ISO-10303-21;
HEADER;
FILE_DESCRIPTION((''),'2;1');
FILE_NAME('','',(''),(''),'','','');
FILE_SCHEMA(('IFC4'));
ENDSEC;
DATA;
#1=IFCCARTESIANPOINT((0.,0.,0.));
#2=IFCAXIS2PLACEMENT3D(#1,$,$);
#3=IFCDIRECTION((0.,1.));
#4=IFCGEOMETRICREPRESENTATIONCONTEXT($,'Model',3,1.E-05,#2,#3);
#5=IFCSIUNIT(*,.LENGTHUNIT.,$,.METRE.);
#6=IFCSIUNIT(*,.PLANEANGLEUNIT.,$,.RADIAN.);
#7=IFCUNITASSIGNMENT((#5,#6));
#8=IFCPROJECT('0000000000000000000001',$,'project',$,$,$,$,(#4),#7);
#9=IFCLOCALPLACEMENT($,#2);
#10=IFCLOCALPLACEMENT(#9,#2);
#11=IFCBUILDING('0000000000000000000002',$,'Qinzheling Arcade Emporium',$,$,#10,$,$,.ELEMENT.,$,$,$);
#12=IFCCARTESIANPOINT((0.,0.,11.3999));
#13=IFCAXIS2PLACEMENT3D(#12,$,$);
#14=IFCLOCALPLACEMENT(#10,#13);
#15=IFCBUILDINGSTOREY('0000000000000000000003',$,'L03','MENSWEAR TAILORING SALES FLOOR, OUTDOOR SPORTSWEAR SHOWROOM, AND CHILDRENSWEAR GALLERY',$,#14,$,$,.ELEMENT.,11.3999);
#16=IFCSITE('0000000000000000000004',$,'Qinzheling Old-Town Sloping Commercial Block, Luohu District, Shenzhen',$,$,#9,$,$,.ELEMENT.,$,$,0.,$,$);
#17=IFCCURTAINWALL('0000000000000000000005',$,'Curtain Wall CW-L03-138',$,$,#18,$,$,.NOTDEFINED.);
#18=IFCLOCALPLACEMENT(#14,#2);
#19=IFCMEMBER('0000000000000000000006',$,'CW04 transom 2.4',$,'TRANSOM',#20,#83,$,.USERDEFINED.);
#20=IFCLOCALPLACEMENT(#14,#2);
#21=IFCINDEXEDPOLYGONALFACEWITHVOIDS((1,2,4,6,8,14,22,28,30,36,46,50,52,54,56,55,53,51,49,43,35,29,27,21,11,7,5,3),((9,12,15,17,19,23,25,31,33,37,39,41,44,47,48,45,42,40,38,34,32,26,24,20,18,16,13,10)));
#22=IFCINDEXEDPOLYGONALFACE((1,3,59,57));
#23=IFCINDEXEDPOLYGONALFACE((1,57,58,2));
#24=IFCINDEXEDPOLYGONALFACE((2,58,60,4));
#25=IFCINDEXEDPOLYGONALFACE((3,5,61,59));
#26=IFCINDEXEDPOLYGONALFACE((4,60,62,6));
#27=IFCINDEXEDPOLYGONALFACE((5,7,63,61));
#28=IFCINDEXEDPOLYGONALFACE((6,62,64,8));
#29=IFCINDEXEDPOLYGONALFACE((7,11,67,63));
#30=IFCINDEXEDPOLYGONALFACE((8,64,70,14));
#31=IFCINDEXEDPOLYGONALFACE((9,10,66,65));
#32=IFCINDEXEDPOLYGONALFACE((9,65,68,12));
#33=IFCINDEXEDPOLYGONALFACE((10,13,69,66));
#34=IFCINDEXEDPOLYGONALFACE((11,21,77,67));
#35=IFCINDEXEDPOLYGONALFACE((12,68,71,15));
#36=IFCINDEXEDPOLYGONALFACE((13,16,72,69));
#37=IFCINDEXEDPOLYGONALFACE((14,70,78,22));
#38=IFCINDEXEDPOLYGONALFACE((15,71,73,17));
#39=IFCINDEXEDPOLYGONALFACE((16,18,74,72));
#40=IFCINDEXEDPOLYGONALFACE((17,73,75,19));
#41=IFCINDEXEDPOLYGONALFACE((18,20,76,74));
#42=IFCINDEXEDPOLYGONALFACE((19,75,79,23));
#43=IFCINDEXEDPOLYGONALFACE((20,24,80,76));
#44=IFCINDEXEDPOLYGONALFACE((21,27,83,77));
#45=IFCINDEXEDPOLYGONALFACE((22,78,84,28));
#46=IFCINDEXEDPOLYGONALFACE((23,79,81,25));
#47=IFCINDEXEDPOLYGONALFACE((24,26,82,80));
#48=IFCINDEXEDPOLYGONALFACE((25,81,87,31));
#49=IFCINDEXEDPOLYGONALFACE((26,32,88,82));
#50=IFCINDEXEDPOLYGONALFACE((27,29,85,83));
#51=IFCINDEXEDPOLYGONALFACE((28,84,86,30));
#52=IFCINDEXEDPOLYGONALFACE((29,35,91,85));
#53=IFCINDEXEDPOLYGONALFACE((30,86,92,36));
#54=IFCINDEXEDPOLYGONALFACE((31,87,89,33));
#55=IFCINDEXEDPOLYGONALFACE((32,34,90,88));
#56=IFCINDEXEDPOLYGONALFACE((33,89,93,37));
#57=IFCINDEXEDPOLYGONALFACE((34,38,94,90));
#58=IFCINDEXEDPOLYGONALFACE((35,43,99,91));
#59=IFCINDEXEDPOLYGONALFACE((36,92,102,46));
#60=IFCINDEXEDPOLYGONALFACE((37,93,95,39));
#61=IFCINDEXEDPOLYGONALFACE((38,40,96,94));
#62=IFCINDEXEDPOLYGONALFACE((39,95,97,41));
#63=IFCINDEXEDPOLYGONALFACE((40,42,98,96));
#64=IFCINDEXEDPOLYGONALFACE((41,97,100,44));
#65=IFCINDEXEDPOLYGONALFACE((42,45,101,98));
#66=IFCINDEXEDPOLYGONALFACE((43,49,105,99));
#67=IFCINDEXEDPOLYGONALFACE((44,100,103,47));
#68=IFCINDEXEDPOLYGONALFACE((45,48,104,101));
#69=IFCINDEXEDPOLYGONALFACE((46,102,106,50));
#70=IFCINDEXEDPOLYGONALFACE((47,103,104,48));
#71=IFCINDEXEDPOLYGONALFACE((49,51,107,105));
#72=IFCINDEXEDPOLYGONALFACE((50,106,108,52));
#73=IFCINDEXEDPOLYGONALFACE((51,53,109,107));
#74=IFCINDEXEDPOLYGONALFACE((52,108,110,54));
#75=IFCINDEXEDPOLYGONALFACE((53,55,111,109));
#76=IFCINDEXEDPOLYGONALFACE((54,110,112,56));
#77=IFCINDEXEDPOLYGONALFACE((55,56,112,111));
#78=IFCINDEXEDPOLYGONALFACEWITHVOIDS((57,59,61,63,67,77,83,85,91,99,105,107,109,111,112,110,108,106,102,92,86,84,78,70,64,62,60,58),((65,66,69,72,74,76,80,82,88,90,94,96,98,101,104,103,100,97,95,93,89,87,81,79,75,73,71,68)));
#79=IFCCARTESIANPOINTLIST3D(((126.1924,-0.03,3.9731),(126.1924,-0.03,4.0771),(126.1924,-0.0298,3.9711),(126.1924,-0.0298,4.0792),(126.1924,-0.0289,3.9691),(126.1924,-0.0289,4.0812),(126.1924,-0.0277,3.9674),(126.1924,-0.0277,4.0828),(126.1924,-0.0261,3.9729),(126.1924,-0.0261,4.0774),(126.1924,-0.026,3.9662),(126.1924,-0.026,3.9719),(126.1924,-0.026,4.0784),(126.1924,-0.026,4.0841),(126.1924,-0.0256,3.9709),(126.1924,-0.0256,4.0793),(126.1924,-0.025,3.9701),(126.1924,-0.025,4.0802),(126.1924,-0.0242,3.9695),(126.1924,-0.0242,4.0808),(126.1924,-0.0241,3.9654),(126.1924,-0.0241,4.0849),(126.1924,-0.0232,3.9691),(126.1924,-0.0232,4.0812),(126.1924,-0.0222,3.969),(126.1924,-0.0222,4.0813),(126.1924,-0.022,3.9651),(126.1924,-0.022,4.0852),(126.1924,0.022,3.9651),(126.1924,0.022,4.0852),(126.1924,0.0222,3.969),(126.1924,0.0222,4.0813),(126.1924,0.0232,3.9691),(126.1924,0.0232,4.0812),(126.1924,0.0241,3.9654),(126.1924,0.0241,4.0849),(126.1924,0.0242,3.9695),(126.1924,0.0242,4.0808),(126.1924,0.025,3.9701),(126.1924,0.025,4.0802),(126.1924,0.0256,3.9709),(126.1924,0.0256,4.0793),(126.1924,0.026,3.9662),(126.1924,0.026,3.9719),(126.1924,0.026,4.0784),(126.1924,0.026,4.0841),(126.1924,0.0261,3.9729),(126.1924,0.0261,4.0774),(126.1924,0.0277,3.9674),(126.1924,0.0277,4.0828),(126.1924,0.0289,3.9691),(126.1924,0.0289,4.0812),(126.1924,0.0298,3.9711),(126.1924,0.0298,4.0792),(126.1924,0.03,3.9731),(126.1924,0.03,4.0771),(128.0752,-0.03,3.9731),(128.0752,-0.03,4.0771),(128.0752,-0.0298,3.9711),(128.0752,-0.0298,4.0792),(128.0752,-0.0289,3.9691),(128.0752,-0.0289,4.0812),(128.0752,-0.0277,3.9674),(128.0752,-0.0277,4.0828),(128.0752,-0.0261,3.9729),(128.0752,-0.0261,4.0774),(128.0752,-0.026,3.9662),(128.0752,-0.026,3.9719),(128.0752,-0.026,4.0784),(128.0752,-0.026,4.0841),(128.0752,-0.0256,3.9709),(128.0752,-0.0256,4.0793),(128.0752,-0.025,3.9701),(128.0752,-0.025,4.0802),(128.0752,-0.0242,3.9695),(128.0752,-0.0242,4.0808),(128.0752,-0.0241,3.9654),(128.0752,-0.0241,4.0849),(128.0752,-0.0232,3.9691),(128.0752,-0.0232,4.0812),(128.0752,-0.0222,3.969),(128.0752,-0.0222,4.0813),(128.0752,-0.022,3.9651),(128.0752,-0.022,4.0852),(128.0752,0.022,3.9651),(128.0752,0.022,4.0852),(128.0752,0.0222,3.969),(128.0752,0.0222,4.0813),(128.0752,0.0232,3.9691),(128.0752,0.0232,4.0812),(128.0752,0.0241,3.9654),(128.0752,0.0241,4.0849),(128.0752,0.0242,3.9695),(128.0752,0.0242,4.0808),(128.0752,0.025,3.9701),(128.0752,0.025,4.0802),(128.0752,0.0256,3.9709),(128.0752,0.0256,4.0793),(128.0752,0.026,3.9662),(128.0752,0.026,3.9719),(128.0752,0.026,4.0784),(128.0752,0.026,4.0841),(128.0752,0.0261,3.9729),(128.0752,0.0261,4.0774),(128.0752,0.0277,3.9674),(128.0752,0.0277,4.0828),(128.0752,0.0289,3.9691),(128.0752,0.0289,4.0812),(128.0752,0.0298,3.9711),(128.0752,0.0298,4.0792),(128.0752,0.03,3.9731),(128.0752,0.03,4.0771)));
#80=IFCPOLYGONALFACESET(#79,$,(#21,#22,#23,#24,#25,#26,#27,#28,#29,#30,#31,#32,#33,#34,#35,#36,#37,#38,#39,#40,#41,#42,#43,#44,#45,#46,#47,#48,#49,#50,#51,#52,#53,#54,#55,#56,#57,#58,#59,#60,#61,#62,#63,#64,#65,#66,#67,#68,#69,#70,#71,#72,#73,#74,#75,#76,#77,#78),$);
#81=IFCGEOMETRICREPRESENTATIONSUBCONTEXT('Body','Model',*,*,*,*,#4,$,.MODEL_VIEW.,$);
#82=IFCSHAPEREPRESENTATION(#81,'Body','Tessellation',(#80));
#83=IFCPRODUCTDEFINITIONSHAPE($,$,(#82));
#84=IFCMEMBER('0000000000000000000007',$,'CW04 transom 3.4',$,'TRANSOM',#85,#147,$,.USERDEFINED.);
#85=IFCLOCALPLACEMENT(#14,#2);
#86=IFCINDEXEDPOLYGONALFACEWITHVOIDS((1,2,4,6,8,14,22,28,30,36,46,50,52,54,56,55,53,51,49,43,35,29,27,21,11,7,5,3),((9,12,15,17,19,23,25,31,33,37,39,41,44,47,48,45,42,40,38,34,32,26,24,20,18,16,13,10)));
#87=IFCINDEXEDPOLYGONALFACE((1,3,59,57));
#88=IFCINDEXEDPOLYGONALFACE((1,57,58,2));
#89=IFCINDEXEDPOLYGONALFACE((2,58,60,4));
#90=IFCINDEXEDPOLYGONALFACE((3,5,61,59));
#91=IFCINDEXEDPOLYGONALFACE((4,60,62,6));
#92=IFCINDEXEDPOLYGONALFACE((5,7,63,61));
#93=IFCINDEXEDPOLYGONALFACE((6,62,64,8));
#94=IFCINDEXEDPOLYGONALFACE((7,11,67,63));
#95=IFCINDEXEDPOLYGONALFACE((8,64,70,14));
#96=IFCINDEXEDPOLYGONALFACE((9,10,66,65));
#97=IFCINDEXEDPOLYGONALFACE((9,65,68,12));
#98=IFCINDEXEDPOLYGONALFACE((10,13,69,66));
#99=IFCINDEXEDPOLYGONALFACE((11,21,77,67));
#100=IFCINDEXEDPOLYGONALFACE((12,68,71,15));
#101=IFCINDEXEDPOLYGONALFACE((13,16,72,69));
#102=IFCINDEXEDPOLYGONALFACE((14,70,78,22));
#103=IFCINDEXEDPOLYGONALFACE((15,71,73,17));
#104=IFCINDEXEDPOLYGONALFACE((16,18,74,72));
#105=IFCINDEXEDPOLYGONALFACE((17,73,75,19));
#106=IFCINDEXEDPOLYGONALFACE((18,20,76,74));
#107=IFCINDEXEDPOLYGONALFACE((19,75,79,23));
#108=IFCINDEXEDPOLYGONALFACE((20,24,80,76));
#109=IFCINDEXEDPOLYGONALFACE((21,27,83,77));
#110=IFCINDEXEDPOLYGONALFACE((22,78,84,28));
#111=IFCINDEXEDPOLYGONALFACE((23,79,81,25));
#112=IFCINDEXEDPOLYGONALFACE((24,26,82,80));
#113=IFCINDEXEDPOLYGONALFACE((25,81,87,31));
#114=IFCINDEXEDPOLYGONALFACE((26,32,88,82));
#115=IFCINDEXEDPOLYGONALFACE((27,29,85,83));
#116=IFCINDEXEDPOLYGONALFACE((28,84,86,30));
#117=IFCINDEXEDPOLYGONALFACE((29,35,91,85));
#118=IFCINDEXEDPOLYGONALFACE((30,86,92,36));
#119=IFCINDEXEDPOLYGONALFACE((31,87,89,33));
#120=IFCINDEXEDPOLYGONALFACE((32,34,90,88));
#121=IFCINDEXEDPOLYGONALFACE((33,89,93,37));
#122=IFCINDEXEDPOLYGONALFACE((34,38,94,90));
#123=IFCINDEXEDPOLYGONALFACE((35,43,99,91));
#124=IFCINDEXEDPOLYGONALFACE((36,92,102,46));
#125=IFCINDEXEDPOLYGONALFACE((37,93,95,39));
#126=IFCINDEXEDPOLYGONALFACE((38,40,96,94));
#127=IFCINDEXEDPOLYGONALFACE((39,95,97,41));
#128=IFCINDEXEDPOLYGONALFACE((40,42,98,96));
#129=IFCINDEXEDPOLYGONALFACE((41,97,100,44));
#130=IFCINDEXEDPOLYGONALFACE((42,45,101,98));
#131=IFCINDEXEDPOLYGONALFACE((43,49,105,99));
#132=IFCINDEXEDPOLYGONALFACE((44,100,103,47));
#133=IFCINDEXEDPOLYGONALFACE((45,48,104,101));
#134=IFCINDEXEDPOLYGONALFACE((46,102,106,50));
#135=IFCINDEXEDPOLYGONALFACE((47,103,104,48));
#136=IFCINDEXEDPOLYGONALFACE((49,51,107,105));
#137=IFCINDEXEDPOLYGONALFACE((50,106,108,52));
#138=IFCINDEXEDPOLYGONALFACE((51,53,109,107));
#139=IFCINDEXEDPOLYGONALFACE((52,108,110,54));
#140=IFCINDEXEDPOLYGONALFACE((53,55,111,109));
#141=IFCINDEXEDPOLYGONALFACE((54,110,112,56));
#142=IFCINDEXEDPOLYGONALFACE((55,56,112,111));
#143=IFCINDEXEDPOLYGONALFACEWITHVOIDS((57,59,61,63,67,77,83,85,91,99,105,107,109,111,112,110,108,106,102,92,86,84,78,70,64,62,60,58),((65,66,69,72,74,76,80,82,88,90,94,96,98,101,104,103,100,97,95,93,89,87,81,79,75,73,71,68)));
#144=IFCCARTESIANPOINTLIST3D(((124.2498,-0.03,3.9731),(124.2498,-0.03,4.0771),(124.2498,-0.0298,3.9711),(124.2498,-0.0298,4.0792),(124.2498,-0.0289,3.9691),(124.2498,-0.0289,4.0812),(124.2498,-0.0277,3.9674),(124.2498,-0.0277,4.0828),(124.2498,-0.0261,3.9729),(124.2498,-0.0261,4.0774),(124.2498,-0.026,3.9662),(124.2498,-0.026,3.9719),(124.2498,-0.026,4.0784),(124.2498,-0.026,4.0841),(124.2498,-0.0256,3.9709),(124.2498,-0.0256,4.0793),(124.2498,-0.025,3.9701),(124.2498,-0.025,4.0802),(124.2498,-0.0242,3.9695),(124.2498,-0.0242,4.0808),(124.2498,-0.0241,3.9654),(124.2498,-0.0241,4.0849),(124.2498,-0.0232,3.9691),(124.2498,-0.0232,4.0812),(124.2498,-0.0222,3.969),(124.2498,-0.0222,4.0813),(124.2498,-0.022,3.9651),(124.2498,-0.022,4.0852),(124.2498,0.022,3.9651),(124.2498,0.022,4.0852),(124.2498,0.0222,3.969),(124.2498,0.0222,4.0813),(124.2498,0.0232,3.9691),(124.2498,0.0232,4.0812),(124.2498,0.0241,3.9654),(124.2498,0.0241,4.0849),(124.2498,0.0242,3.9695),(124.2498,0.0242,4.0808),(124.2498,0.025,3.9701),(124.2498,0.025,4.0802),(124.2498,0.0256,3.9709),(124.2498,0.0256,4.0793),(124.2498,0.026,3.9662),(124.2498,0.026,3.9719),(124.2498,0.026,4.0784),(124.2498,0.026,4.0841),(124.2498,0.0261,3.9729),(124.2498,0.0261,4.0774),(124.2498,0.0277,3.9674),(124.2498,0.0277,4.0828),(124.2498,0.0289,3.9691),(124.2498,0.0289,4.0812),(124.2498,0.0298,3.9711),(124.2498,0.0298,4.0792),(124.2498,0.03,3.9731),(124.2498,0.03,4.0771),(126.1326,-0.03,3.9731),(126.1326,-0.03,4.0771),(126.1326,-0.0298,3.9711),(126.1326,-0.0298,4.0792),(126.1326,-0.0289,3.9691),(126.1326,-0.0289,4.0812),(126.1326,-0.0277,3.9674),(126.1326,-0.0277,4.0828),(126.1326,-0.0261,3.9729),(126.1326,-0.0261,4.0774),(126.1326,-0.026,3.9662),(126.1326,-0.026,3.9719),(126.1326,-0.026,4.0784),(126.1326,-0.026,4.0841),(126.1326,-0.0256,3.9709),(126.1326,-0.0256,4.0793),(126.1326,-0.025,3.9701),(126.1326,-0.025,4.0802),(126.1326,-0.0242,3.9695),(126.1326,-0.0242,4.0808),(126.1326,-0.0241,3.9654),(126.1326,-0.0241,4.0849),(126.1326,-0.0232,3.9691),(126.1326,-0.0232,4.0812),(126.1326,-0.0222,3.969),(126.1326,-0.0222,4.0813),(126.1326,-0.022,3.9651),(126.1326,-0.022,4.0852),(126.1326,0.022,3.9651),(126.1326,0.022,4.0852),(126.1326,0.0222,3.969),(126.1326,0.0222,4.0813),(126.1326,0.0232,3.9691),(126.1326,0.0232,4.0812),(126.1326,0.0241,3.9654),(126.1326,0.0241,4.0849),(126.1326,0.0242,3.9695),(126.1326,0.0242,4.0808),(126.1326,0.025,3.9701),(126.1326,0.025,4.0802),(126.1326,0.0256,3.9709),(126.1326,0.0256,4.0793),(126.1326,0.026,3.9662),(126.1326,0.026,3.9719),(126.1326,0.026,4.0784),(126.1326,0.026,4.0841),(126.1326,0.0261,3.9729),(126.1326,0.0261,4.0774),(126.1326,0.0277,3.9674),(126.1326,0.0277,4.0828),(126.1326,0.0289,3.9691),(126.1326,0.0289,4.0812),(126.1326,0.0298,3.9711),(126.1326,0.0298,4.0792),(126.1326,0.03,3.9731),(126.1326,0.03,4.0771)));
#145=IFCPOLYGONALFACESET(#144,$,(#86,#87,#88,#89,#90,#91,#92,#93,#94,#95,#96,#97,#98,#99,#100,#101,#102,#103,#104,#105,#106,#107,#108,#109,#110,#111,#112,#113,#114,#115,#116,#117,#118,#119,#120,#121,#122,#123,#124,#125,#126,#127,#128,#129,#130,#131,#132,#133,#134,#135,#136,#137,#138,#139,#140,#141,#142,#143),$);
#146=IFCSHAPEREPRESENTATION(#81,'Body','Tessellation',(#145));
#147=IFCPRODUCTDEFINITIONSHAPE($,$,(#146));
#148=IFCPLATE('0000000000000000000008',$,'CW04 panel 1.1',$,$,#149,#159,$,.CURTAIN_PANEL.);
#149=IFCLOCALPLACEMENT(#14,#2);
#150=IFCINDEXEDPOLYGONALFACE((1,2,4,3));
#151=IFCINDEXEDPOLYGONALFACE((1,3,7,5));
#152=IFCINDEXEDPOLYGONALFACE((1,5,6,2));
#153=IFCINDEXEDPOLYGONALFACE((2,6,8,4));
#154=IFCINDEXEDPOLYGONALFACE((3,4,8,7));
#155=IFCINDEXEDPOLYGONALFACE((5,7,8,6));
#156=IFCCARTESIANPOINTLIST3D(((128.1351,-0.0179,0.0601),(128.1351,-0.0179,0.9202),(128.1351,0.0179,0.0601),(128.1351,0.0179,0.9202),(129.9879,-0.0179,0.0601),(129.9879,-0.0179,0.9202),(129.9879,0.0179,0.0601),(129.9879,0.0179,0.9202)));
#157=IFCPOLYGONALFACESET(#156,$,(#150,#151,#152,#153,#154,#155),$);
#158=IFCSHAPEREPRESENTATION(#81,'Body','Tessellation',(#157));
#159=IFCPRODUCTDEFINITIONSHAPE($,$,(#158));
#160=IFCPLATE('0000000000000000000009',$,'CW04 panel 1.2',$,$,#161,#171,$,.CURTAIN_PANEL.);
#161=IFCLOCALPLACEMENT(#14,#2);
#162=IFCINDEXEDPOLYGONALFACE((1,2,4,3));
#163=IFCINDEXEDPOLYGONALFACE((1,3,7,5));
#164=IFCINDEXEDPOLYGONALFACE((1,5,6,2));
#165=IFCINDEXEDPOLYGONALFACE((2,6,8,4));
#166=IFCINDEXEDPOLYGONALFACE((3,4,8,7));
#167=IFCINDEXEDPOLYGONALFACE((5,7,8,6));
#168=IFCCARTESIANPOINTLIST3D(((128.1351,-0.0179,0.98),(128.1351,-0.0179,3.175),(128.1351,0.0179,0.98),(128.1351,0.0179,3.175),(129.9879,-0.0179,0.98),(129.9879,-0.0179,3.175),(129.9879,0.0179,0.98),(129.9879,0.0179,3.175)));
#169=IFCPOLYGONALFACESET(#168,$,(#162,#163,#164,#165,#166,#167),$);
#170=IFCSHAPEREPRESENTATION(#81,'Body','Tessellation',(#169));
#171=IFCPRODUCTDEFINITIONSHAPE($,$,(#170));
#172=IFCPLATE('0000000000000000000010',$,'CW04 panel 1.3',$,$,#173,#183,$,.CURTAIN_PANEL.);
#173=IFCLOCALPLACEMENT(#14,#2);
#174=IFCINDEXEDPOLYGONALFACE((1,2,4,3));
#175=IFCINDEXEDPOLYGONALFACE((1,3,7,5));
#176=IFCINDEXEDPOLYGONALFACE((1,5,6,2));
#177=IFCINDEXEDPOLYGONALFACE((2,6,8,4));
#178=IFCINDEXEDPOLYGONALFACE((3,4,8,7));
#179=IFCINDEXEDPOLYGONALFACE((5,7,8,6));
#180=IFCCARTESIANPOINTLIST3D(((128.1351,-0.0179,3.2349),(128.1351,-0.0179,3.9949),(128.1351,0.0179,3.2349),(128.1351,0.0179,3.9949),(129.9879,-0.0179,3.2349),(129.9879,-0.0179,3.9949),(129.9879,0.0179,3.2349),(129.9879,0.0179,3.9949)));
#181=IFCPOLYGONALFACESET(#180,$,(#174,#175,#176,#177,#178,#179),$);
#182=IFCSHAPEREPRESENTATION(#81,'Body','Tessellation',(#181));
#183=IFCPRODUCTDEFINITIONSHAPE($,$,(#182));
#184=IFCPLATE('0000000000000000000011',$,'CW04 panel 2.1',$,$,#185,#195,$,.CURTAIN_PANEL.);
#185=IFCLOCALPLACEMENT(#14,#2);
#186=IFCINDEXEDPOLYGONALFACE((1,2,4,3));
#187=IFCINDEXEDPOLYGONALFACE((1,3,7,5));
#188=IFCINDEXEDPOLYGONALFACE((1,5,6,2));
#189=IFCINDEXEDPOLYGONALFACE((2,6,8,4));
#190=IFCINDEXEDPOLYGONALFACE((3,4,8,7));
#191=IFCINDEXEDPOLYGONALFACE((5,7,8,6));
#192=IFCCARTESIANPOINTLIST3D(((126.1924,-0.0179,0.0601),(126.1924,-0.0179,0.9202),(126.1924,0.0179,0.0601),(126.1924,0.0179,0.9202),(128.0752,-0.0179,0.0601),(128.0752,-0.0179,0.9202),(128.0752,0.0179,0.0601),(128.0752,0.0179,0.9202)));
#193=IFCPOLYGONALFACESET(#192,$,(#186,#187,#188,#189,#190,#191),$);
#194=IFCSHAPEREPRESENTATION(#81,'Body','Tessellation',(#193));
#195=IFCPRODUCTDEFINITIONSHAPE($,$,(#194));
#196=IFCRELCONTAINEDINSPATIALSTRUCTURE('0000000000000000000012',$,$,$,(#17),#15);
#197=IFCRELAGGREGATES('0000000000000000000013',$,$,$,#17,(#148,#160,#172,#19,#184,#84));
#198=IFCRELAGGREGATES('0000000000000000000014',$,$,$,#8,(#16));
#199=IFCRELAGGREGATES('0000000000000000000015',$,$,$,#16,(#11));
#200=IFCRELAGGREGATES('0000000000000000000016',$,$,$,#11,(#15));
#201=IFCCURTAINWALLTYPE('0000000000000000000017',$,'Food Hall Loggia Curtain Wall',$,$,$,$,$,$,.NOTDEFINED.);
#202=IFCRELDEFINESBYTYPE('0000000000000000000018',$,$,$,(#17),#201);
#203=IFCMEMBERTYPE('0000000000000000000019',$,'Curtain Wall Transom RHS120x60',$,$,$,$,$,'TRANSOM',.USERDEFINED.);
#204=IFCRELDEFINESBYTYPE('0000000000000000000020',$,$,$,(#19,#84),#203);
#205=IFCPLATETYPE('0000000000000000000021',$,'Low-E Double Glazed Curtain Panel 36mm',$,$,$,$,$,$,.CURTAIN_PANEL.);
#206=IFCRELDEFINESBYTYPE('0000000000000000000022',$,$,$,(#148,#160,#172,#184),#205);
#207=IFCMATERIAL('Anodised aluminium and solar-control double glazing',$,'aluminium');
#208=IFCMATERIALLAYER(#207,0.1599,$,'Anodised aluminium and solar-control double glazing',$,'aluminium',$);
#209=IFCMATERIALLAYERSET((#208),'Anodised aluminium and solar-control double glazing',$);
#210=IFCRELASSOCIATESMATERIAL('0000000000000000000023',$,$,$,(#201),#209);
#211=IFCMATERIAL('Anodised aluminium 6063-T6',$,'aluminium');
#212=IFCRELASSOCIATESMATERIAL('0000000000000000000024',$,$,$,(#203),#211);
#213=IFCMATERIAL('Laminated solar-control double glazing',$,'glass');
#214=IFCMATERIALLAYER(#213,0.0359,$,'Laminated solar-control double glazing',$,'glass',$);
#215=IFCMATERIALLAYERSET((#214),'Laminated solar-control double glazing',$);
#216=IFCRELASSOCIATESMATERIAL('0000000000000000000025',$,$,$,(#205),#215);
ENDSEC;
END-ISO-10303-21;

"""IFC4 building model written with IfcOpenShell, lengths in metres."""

from ifc_helpers import new_model, si_unit, direction, frame, origin, origin_2d, place, context, subcontext, project, spatial, rectangle, hollow_rectangle, extrude, material, layer, layer_set, material_profile, profile_set, type_object, element, aggregate, save


model = new_model("IFC4")

# Units and contexts
model_context = context("Model", 3, precision=1e-05, world=origin(), true_north=direction((0.0, 1.0)))
body_context = subcontext(model_context, "Body", "Model", "MODEL_VIEW")
ifc_project = project(units=[si_unit("LENGTHUNIT", "METRE"), si_unit("PLANEANGLEUNIT", "RADIAN")], contexts=[model_context])

# Site, building, storey
site_placement = place(None, origin())
site = spatial("IfcSite", under=ifc_project, at=site_placement, Name="Qinzheling Old-Town Sloping Commercial Block, Luohu District, Shenzhen", CompositionType="ELEMENT", RefElevation=0.0)
building_placement = place(site_placement, origin())
building = spatial("IfcBuilding", under=site, at=building_placement, Name="Qinzheling Arcade Emporium", CompositionType="ELEMENT")
storey_placement = place(building_placement, frame((0.0, 0.0, 11.3999)))
storey = spatial("IfcBuildingStorey", under=building, at=storey_placement, Name="L03", Description="MENSWEAR TAILORING SALES FLOOR, OUTDOOR SPORTSWEAR SHOWROOM, AND CHILDRENSWEAR GALLERY", CompositionType="ELEMENT", Elevation=11.3999)

# Curtain wall, members, plates
ifc_material_1 = material(Name="Anodised aluminium and solar-control double glazing", Category="aluminium")
ifc_layer_1 = layer(ifc_material_1, 0.1599, Name="Anodised aluminium and solar-control double glazing", Category="aluminium")
ifc_layer_set_1 = layer_set([ifc_layer_1], Name="Anodised aluminium and solar-control double glazing")
curtain_wall_type = type_object("IfcCurtainWallType", Name="Food Hall Loggia Curtain Wall", PredefinedType="NOTDEFINED", material=ifc_layer_set_1)
curtain_wall_placement = place(storey_placement, origin())
curtain_wall = element("IfcCurtainWall", 1, at=curtain_wall_placement, inside=storey, type_object=curtain_wall_type, Name="Curtain Wall CW-L03-138", PredefinedType="NOTDEFINED")
ifc_material_2 = material(Name="Anodised aluminium 6063-T6", Category="aluminium")
ifc_material_profile_1 = material_profile(ifc_material_2, hollow_rectangle(XDim=0.0601, YDim=0.1201, WallThickness=0.0039, InnerFilletRadius=0.0039, OuterFilletRadius=0.0081, at=origin_2d()), Name="RHS 120x60x4", Category="aluminium")
ifc_profile_set_1 = profile_set([ifc_material_profile_1], Name="Anodised aluminium 6063-T6")
member_type_1 = type_object("IfcMemberType", Name="Curtain Wall Transom RHS120x60", ElementType="TRANSOM", PredefinedType="USERDEFINED", material=ifc_profile_set_1)
member_1_placement = place(storey_placement, frame((128.0752, 0.0, 4.0251), z_axis=(-1.0, 0.0, 0.0), x_axis=(0.0, -1.0, 0.0)))
member_1 = element("IfcMember", 2, at=member_1_placement, type_object=member_type_1, Name="CW04 transom 2.4", ObjectType="TRANSOM", PredefinedType="USERDEFINED", context=body_context, shape_type="SweptSolid", body=[
    extrude(hollow_rectangle(XDim=0.0601, YDim=0.1201, WallThickness=0.0039, InnerFilletRadius=0.0039, OuterFilletRadius=0.0081, at=origin_2d()), origin(), (0.0, 0.0, 1.0), 1.8828),
])
member_2_placement = place(storey_placement, frame((126.1326, 0.0, 4.0251), z_axis=(-1.0, 0.0, 0.0), x_axis=(0.0, -1.0, 0.0)))
member_2 = element("IfcMember", 3, at=member_2_placement, type_object=member_type_1, Name="CW04 transom 3.4", ObjectType="TRANSOM", PredefinedType="USERDEFINED", context=body_context, shape_type="SweptSolid", body=[
    extrude(hollow_rectangle(XDim=0.0601, YDim=0.1201, WallThickness=0.0039, InnerFilletRadius=0.0039, OuterFilletRadius=0.0081, at=origin_2d()), origin(), (0.0, 0.0, 1.0), 1.8828),
])
ifc_material_3 = material(Name="Laminated solar-control double glazing", Category="glass")
ifc_layer_2 = layer(ifc_material_3, 0.0359, Name="Laminated solar-control double glazing", Category="glass")
ifc_layer_set_2 = layer_set([ifc_layer_2], Name="Laminated solar-control double glazing")
plate_type_1 = type_object("IfcPlateType", Name="Low-E Double Glazed Curtain Panel 36mm", PredefinedType="CURTAIN_PANEL", material=ifc_layer_set_2)
plate_1_placement = place(storey_placement, frame((129.0615, 0.0, 0.0601), z_axis=(0.0, 0.0, 1.0), x_axis=(-1.0, 0.0, 0.0)))
plate_1 = element("IfcPlate", 4, at=plate_1_placement, type_object=plate_type_1, Name="CW04 panel 1.1", PredefinedType="CURTAIN_PANEL", context=body_context, shape_type="SweptSolid", body=[
    extrude(rectangle(XDim=1.8528, YDim=0.0359, at=origin_2d()), origin(), (0.0, 0.0, 1.0), 0.8601),
])
plate_2_placement = place(storey_placement, frame((129.0615, 0.0, 0.98), z_axis=(0.0, 0.0, 1.0), x_axis=(-1.0, 0.0, 0.0)))
plate_2 = element("IfcPlate", 5, at=plate_2_placement, type_object=plate_type_1, Name="CW04 panel 1.2", PredefinedType="CURTAIN_PANEL", context=body_context, shape_type="SweptSolid", body=[
    extrude(rectangle(XDim=1.8528, YDim=0.0359, at=origin_2d()), origin(), (0.0, 0.0, 1.0), 2.1951),
])
plate_3_placement = place(storey_placement, frame((129.0615, 0.0, 3.2349), z_axis=(0.0, 0.0, 1.0), x_axis=(-1.0, 0.0, 0.0)))
plate_3 = element("IfcPlate", 6, at=plate_3_placement, type_object=plate_type_1, Name="CW04 panel 1.3", PredefinedType="CURTAIN_PANEL", context=body_context, shape_type="SweptSolid", body=[
    extrude(rectangle(XDim=1.8528, YDim=0.0359, at=origin_2d()), origin(), (0.0, 0.0, 1.0), 0.76),
])
plate_4_placement = place(storey_placement, frame((127.1338, 0.0, 0.0601), z_axis=(0.0, 0.0, 1.0), x_axis=(-1.0, 0.0, 0.0)))
plate_4 = element("IfcPlate", 7, at=plate_4_placement, type_object=plate_type_1, Name="CW04 panel 2.1", PredefinedType="CURTAIN_PANEL", context=body_context, shape_type="SweptSolid", body=[
    extrude(rectangle(XDim=1.8828, YDim=0.0359, at=origin_2d()), origin(), (0.0, 0.0, 1.0), 0.8601),
])
aggregate(curtain_wall, [plate_1, plate_2, plate_3, member_1, plate_4, member_2])

save(model, "model.ifc")
